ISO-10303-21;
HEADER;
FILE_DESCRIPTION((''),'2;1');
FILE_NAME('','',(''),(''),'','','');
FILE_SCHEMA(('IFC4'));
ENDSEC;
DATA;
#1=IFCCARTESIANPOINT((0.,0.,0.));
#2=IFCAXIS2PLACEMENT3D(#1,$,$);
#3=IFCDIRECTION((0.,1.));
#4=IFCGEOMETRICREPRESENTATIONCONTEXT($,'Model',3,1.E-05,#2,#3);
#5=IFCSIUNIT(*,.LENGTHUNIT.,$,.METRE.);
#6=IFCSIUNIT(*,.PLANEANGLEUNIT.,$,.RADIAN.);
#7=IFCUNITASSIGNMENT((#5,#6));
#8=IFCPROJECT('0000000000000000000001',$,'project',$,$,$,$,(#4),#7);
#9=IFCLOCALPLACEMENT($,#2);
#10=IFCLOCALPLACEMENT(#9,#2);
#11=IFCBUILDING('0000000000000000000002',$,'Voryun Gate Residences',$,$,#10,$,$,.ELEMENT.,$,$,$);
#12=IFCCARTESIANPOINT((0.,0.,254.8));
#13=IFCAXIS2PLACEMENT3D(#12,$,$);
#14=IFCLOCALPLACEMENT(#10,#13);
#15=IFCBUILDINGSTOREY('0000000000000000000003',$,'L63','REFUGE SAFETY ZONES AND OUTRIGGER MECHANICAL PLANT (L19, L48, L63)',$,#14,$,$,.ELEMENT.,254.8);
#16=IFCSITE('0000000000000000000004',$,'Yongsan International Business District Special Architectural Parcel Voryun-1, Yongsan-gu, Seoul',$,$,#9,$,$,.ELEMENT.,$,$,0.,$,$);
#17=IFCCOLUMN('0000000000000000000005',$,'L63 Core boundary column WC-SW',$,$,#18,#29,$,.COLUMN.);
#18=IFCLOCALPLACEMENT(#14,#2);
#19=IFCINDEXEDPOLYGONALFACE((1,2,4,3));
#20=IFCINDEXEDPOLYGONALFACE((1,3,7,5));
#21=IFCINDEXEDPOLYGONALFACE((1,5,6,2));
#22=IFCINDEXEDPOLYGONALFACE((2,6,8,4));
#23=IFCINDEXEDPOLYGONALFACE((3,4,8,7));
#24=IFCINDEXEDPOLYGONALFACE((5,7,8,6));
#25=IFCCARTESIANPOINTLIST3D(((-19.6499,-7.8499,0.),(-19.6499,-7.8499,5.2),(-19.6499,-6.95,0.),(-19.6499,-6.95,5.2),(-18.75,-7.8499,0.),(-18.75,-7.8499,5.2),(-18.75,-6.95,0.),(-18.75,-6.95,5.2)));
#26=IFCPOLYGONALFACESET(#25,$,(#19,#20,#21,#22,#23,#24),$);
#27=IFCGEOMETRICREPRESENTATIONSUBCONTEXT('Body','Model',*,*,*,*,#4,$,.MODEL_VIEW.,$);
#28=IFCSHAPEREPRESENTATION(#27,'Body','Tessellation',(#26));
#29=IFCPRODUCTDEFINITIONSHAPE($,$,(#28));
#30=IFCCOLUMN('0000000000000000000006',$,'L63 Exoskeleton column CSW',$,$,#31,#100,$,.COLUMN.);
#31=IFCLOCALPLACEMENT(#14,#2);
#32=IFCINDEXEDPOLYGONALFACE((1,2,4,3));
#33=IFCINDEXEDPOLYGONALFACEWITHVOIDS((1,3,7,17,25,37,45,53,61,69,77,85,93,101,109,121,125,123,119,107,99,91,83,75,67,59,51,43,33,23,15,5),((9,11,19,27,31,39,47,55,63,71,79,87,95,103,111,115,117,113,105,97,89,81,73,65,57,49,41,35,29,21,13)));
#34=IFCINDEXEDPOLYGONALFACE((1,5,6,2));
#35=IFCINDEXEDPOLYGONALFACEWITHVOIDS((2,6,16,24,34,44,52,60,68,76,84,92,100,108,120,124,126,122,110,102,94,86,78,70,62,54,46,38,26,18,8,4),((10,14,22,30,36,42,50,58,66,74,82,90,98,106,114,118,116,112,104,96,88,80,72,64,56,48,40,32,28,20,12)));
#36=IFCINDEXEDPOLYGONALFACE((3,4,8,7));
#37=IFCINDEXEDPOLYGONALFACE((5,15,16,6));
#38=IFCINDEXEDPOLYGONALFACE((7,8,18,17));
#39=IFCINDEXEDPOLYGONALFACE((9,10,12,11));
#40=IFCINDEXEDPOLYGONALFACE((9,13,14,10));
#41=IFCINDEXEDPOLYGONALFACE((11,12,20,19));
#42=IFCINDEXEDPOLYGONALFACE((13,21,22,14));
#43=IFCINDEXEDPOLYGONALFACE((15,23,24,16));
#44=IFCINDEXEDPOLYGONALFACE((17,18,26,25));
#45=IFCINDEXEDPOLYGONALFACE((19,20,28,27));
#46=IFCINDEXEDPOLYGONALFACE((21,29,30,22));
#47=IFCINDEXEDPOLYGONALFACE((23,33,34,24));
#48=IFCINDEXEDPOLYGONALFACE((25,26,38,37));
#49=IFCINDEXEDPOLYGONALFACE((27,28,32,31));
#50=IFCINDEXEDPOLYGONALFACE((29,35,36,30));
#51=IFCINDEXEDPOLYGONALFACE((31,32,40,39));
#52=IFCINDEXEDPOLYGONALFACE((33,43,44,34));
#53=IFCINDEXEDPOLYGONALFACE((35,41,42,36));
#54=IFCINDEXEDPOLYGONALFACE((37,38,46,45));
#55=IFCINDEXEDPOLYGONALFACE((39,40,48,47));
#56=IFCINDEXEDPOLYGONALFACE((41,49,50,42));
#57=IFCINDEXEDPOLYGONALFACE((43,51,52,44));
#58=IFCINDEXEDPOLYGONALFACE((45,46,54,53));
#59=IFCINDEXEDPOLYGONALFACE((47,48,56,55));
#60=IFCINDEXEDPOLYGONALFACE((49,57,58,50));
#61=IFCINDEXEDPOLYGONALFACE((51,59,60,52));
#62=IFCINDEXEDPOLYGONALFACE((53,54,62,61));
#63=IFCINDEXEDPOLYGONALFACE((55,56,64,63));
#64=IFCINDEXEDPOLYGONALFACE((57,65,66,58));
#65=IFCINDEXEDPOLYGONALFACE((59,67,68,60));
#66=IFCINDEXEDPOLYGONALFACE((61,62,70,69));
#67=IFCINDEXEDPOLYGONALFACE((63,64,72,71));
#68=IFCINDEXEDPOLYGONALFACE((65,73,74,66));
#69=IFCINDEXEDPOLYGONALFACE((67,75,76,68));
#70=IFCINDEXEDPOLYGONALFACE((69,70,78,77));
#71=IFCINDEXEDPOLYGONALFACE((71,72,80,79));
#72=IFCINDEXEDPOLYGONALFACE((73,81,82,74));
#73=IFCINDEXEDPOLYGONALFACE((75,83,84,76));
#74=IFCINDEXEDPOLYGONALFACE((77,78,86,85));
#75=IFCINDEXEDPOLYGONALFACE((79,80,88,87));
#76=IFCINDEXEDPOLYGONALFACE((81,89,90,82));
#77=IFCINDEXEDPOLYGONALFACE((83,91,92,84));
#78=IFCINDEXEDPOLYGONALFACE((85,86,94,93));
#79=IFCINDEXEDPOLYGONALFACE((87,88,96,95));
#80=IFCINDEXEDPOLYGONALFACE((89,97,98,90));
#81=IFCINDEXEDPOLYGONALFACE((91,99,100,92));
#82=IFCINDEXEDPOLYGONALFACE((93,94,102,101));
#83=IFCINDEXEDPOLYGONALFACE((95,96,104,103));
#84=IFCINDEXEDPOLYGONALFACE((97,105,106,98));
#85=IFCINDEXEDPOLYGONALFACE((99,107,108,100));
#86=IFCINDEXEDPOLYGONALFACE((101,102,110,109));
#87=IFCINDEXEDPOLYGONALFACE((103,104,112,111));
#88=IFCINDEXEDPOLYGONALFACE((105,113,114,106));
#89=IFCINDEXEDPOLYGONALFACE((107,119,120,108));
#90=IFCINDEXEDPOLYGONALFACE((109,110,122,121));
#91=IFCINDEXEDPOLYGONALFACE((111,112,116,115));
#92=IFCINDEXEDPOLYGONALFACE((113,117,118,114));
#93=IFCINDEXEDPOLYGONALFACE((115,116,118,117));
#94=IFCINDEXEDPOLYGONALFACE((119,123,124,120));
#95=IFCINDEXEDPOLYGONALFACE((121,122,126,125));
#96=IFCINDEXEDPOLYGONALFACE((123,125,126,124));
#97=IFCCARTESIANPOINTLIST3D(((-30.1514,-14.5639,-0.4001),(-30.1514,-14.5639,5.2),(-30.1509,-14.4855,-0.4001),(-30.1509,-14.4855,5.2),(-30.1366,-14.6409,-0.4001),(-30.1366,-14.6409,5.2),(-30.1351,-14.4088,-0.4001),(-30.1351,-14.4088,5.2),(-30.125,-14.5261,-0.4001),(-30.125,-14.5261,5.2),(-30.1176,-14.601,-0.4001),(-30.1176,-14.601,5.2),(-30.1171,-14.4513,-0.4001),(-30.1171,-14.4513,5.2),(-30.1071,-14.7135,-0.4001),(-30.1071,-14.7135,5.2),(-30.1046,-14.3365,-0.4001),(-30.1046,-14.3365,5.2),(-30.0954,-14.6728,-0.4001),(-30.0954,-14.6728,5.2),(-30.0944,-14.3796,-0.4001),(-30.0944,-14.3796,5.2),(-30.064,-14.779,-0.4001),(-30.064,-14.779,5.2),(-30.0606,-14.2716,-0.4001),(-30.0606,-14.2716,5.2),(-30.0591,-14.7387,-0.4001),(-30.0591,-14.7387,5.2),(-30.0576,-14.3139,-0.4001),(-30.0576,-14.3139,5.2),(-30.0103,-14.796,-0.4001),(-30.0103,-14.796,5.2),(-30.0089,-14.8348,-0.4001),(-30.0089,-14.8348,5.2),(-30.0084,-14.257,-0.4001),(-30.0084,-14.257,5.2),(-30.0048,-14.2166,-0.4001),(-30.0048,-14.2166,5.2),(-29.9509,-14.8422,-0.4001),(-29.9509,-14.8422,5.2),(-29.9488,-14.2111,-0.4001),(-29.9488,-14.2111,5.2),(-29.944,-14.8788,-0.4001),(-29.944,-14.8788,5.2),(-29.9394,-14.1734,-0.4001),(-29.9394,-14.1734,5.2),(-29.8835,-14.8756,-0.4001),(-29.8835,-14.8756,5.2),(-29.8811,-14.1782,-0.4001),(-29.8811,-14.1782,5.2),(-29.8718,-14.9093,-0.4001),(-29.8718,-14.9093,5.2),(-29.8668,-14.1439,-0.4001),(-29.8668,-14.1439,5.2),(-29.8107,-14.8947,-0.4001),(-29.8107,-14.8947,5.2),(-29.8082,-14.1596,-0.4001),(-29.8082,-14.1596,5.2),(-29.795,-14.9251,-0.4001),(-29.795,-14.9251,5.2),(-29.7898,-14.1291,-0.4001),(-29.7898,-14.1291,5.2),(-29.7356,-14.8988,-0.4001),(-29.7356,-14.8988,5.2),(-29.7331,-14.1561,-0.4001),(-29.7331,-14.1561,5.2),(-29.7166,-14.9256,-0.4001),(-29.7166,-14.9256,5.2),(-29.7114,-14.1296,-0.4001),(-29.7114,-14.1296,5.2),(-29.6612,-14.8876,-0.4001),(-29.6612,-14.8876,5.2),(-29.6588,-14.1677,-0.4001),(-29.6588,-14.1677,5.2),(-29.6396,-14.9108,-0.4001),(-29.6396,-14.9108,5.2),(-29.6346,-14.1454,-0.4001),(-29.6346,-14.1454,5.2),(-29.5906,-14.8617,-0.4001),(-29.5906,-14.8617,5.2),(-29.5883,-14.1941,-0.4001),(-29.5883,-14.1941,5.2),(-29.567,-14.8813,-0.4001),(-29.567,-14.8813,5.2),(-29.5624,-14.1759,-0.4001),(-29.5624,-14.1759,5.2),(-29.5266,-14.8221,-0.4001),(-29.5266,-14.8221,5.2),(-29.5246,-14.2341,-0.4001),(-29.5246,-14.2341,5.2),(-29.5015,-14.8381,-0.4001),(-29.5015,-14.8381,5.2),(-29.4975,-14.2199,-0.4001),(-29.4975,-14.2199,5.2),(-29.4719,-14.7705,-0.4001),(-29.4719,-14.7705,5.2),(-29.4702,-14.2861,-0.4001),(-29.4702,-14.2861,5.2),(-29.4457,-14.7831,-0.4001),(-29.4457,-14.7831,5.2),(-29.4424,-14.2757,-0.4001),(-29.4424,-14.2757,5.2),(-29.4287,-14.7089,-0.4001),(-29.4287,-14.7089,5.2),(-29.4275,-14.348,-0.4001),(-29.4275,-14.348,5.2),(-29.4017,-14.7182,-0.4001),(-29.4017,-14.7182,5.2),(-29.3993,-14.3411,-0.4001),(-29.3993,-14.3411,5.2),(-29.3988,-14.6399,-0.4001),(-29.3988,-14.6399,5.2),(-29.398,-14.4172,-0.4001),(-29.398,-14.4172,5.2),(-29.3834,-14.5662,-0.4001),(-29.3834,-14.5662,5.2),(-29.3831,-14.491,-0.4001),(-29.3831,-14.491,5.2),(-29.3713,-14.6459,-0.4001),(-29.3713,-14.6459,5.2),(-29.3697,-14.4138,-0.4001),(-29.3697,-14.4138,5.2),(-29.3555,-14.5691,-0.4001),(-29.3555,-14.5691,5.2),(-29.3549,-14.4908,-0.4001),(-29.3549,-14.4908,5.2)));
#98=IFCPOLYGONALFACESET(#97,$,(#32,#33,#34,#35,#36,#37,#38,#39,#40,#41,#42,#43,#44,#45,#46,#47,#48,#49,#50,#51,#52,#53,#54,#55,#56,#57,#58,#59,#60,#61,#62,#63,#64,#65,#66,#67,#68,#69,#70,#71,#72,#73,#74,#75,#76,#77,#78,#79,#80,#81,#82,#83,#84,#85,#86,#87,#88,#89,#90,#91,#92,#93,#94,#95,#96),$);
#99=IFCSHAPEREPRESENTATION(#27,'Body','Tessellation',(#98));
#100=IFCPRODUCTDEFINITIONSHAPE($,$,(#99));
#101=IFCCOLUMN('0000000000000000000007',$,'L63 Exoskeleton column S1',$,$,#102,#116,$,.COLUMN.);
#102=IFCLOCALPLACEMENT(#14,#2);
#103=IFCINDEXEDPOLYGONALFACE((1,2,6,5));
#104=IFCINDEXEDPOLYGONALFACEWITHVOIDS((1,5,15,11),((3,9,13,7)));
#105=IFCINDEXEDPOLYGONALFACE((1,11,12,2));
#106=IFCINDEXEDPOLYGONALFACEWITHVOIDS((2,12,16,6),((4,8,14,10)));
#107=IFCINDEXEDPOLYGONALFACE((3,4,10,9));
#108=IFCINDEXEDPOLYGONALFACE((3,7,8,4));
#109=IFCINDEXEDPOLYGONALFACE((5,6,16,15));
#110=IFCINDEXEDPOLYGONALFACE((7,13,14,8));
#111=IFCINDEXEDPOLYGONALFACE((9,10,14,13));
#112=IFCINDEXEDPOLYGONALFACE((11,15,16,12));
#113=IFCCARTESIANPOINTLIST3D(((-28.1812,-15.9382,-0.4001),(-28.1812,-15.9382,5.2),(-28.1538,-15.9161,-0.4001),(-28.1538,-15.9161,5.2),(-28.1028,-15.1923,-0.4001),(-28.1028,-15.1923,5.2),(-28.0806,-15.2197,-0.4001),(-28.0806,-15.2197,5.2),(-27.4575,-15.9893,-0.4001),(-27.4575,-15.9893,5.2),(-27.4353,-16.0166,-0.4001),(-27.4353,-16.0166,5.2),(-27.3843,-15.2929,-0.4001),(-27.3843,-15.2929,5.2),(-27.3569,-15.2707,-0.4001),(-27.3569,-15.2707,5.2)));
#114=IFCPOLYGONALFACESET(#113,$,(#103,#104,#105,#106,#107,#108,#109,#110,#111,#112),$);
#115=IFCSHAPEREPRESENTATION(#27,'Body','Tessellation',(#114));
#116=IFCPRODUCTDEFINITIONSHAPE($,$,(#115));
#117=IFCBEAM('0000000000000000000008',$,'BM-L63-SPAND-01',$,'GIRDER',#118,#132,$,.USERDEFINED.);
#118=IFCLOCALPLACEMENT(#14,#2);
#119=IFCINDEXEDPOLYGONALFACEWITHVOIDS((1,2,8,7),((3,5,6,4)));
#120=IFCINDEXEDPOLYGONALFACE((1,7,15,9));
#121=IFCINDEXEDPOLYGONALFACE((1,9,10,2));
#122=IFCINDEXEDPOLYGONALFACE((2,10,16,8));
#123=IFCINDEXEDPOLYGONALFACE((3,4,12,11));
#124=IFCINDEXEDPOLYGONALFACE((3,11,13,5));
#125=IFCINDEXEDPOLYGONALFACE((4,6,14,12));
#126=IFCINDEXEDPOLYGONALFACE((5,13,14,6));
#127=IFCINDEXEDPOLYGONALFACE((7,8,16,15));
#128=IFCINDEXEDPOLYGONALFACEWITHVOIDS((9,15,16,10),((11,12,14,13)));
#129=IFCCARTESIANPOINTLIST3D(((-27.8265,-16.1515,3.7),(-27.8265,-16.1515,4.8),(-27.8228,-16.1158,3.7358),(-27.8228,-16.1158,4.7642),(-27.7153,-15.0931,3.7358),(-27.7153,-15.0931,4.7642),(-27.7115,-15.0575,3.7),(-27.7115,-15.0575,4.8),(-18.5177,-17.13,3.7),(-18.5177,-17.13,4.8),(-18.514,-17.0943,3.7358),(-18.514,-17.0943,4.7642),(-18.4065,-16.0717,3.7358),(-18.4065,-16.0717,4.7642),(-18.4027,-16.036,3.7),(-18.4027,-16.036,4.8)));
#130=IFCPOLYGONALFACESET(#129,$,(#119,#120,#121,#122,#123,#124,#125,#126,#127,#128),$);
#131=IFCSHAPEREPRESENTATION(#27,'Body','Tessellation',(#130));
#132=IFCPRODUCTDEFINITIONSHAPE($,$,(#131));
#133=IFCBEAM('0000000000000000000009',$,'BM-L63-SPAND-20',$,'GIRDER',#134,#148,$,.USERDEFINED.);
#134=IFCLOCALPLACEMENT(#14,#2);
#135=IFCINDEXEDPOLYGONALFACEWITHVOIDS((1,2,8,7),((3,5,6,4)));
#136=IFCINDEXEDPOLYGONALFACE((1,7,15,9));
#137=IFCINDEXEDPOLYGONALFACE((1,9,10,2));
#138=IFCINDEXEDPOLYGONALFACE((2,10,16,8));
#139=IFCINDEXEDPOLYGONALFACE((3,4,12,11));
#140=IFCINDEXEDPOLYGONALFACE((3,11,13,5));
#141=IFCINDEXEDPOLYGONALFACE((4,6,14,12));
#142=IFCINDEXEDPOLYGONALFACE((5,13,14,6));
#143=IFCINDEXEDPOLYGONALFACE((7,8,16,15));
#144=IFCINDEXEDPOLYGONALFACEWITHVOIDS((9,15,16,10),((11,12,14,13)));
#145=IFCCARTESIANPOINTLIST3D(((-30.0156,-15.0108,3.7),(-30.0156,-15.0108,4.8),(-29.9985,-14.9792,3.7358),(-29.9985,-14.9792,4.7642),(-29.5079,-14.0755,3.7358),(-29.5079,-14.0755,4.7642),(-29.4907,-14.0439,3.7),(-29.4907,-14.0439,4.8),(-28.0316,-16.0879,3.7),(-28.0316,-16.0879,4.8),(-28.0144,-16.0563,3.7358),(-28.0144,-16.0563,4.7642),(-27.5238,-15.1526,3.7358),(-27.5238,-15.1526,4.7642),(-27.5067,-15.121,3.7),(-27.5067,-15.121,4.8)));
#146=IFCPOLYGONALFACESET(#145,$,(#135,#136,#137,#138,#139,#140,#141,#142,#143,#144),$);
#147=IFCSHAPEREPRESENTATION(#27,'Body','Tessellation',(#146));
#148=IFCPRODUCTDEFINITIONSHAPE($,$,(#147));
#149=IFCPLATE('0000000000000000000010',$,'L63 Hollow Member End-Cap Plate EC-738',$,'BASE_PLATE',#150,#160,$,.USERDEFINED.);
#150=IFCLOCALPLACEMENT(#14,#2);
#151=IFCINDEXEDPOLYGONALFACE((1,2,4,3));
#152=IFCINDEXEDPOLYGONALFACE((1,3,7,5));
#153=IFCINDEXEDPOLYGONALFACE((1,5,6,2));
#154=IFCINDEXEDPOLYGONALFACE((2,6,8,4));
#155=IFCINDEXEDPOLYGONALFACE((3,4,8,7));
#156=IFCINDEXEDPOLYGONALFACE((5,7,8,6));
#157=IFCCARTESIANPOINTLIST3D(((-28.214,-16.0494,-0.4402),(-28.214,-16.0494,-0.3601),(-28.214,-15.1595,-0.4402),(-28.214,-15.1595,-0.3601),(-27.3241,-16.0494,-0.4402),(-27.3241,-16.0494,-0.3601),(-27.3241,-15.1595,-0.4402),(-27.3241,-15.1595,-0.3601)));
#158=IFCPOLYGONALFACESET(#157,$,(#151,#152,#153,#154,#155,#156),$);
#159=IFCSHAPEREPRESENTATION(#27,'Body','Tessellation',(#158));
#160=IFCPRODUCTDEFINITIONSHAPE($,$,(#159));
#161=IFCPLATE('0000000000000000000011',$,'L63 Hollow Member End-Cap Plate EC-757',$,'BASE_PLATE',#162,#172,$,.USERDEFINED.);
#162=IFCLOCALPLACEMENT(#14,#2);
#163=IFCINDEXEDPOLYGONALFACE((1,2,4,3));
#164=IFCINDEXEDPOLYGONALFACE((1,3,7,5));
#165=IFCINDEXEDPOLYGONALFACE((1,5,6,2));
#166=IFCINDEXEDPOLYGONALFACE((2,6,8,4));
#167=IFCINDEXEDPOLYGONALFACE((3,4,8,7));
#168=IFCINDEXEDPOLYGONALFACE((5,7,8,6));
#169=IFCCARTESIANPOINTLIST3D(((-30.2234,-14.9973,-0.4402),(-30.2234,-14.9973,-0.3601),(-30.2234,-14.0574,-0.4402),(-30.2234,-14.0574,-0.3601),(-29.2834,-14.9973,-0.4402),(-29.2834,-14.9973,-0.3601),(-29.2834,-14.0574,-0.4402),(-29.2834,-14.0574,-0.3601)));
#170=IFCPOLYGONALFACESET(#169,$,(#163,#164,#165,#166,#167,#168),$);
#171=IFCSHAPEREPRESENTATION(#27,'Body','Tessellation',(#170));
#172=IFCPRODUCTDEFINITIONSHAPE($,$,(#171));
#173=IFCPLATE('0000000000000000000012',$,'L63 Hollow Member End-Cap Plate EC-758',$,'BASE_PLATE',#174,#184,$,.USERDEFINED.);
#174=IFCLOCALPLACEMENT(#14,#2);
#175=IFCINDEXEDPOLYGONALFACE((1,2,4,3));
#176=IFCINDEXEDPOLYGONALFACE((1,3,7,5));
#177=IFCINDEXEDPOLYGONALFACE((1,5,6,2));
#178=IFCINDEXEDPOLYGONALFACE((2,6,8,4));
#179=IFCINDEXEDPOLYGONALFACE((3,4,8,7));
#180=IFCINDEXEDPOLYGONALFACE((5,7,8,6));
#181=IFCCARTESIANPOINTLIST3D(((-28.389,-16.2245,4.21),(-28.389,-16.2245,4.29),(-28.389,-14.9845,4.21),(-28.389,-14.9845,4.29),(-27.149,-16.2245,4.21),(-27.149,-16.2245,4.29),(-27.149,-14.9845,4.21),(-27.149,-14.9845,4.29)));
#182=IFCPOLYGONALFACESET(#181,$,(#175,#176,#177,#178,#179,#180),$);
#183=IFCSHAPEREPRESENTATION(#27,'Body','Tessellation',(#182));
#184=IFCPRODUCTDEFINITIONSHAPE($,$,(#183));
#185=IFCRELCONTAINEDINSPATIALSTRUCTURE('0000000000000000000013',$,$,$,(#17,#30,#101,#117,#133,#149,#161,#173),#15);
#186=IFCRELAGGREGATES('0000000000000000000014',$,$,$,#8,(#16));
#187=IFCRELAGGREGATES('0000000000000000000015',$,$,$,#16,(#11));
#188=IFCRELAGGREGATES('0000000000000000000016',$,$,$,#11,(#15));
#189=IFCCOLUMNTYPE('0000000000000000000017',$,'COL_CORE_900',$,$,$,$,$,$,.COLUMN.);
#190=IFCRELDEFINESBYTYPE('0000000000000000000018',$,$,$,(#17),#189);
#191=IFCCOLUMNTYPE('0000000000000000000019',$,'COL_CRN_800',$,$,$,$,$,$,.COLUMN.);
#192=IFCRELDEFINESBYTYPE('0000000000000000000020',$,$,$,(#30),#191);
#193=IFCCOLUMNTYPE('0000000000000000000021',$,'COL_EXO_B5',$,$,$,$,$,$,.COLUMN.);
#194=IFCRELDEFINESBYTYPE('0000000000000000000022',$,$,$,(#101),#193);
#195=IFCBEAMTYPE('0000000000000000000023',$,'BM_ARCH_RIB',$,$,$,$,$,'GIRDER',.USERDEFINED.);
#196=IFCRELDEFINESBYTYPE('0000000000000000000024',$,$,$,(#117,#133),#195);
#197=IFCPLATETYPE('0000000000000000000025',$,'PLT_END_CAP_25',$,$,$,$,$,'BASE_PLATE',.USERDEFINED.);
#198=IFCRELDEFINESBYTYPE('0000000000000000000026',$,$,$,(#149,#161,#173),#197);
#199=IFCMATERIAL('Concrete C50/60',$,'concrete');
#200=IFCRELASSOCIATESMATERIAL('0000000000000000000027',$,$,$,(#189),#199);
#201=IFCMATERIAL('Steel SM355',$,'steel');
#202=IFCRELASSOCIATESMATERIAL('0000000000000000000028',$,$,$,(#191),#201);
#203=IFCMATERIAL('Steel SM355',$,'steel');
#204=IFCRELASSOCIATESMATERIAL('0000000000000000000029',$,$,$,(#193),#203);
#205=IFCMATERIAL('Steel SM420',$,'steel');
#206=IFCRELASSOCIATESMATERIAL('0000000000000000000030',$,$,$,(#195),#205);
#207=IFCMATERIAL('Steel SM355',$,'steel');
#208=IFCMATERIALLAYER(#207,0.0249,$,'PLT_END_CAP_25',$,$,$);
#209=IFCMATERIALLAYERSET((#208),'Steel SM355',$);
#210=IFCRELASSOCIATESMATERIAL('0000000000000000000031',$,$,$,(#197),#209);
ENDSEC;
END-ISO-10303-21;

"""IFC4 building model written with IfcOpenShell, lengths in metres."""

from ifc_helpers import new_model, si_unit, direction, frame, origin, origin_2d, place, context, subcontext, project, spatial, rectangle, hollow_rectangle, hollow_circle, extrude, material, layer, layer_set, material_profile, profile_set, type_object, element, save


model = new_model("IFC4")

# Units and contexts
model_context = context("Model", 3, precision=1e-05, world=origin(), true_north=direction((0.0, 1.0)))
body_context = subcontext(model_context, "Body", "Model", "MODEL_VIEW")
ifc_project = project(units=[si_unit("LENGTHUNIT", "METRE"), si_unit("PLANEANGLEUNIT", "RADIAN")], contexts=[model_context])

# Site, building, storey
site_placement = place(None, origin())
site = spatial("IfcSite", under=ifc_project, at=site_placement, Name="Yongsan International Business District Special Architectural Parcel Voryun-1, Yongsan-gu, Seoul", CompositionType="ELEMENT", RefElevation=0.0)
building_placement = place(site_placement, origin())
building = spatial("IfcBuilding", under=site, at=building_placement, Name="Voryun Gate Residences", CompositionType="ELEMENT")
storey_placement = place(building_placement, frame((0.0, 0.0, 254.8)))
storey = spatial("IfcBuildingStorey", under=building, at=storey_placement, Name="L63", Description="REFUGE SAFETY ZONES AND OUTRIGGER MECHANICAL PLANT (L19, L48, L63)", CompositionType="ELEMENT", Elevation=254.8)

# Columns
ifc_material_1 = material(Name="Concrete C50/60", Category="concrete")
ifc_material_profile_1 = material_profile(ifc_material_1, rectangle(XDim=0.8999, YDim=0.8999, at=origin_2d()), Name="RC-900x900")
ifc_profile_set_1 = profile_set([ifc_material_profile_1], Name="Concrete C50/60")
column_type_1 = type_object("IfcColumnType", Name="COL_CORE_900", PredefinedType="COLUMN", material=ifc_profile_set_1)
column_1_placement = place(storey_placement, frame((-19.2, -7.3999, 0.0), z_axis=(0.0, 0.0, 1.0), x_axis=(1.0, 0.0, 0.0)))
element("IfcColumn", 1, at=column_1_placement, inside=storey, type_object=column_type_1, Name="L63 Core boundary column WC-SW", PredefinedType="COLUMN", context=body_context, shape_type="SweptSolid", body=[
    extrude(rectangle(XDim=0.8999, YDim=0.8999, at=origin_2d()), origin(), (0.0, 0.0, 1.0), 5.2),
])
ifc_material_2 = material(Name="Steel SM355", Category="steel")
ifc_material_profile_2 = material_profile(ifc_material_2, hollow_circle(Radius=0.3999, WallThickness=0.0281, at=origin_2d()), Name="CHS-800x28")
ifc_profile_set_2 = profile_set([ifc_material_profile_2], Name="Steel SM355")
column_type_2 = type_object("IfcColumnType", Name="COL_CRN_800", PredefinedType="COLUMN", material=ifc_profile_set_2)
column_2_placement = place(storey_placement, frame((-29.7532, -14.5273, -0.4001), z_axis=(0.0, 0.0, 1.0), x_axis=(0.994522, -0.104528, 0.0)))
element("IfcColumn", 2, at=column_2_placement, inside=storey, type_object=column_type_2, Name="L63 Exoskeleton column CSW", PredefinedType="COLUMN", context=body_context, shape_type="SweptSolid", body=[
    extrude(hollow_circle(Radius=0.3999, WallThickness=0.0281, at=origin_2d()), origin(), (0.0, 0.0, 1.0), 5.6001),
])
ifc_material_3 = material(Name="Steel SM355", Category="steel")
ifc_material_profile_3 = material_profile(ifc_material_3, hollow_rectangle(XDim=0.75, YDim=0.75, WallThickness=0.0249, at=origin_2d()), Name="BOX-750x750x25")
ifc_profile_set_3 = profile_set([ifc_material_profile_3], Name="Steel SM355")
column_type_3 = type_object("IfcColumnType", Name="COL_EXO_B5", PredefinedType="COLUMN", material=ifc_profile_set_3)
column_3_placement = place(storey_placement, frame((-27.769, -15.6045, -0.4001), z_axis=(0.0, 0.0, 1.0), x_axis=(0.994522, -0.104528, 0.0)))
element("IfcColumn", 3, at=column_3_placement, inside=storey, type_object=column_type_3, Name="L63 Exoskeleton column S1", PredefinedType="COLUMN", context=body_context, shape_type="SweptSolid", body=[
    extrude(hollow_rectangle(XDim=0.75, YDim=0.75, WallThickness=0.0249, at=origin_2d()), origin(), (0.0, 0.0, 1.0), 5.6001),
])

# Beams
ifc_material_4 = material(Name="Steel SM420", Category="steel")
ifc_material_profile_4 = material_profile(ifc_material_4, hollow_rectangle(XDim=1.1001, YDim=1.1001, WallThickness=0.0359, at=origin_2d()), Name="BOX-1100x1100x36")
ifc_profile_set_4 = profile_set([ifc_material_profile_4], Name="Steel SM420")
beam_type = type_object("IfcBeamType", Name="BM_ARCH_RIB", ElementType="GIRDER", PredefinedType="USERDEFINED", material=ifc_profile_set_4)
beam_1_placement = place(storey_placement, frame((-27.769, -15.6045, 4.25), z_axis=(0.994521, -0.104541, 0.0), x_axis=(0.104541, 0.994521, 0.0)))
element("IfcBeam", 4, at=beam_1_placement, inside=storey, type_object=beam_type, Name="BM-L63-SPAND-01", ObjectType="GIRDER", PredefinedType="USERDEFINED", context=body_context, shape_type="SweptSolid", body=[
    extrude(hollow_rectangle(XDim=1.1001, YDim=1.1001, WallThickness=0.0359, at=origin_2d()), origin(), (0.0, 0.0, 1.0), 9.3601),
])
beam_2_placement = place(storey_placement, frame((-29.7532, -14.5273, 4.25), z_axis=(0.878844, -0.477109, 0.0), x_axis=(0.477109, 0.878844, 0.0)))
element("IfcBeam", 5, at=beam_2_placement, inside=storey, type_object=beam_type, Name="BM-L63-SPAND-20", ObjectType="GIRDER", PredefinedType="USERDEFINED", context=body_context, shape_type="SweptSolid", body=[
    extrude(hollow_rectangle(XDim=1.1001, YDim=1.1001, WallThickness=0.0359, at=origin_2d()), origin(), (0.0, 0.0, 1.0), 2.2576),
])

# Plates
ifc_material_5 = material(Name="Steel SM355", Category="steel")
ifc_layer_1 = layer(ifc_material_5, 0.0249, Name="PLT_END_CAP_25")
ifc_layer_set_1 = layer_set([ifc_layer_1], Name="Steel SM355")
plate_type_1 = type_object("IfcPlateType", Name="PLT_END_CAP_25", ElementType="BASE_PLATE", PredefinedType="USERDEFINED", material=ifc_layer_set_1)
plate_1_placement = place(storey_placement, frame((-27.769, -15.6045, -0.4402), z_axis=(0.0, 0.0, 1.0), x_axis=(1.0, 0.0, 0.0)))
element("IfcPlate", 6, at=plate_1_placement, inside=storey, type_object=plate_type_1, Name="L63 Hollow Member End-Cap Plate EC-738", ObjectType="BASE_PLATE", PredefinedType="USERDEFINED", context=body_context, shape_type="SweptSolid", body=[
    extrude(rectangle(XDim=0.8899, YDim=0.8899, at=origin_2d()), origin(), (0.0, 0.0, 1.0), 0.0801),
])
plate_2_placement = place(storey_placement, frame((-29.7534, -14.5273, -0.4402), z_axis=(0.0, 0.0, 1.0), x_axis=(1.0, 0.0, 0.0)))
element("IfcPlate", 7, at=plate_2_placement, inside=storey, type_object=plate_type_1, Name="L63 Hollow Member End-Cap Plate EC-757", ObjectType="BASE_PLATE", PredefinedType="USERDEFINED", context=body_context, shape_type="SweptSolid", body=[
    extrude(rectangle(XDim=0.9399, YDim=0.9399, at=origin_2d()), origin(), (0.0, 0.0, 1.0), 0.0801),
])
for number, where, z_axis, x_axis, name in (
    (8, (-27.769, -15.6045, 4.21), (0.0, 0.0, 1.0), (1.0, 0.0, 0.0), "L63 Hollow Member End-Cap Plate EC-758"),
):
    element("IfcPlate", number, at=place(storey_placement, frame(where, z_axis=z_axis, x_axis=x_axis)), inside=storey, type_object=plate_type_1, Name=name, ObjectType="BASE_PLATE", PredefinedType="USERDEFINED", context=body_context, shape_type="SweptSolid", body=[
        extrude(rectangle(XDim=1.24, YDim=1.24, at=origin_2d()), origin(), (0.0, 0.0, 1.0), 0.0801),
    ])

save(model, "model.ifc")
